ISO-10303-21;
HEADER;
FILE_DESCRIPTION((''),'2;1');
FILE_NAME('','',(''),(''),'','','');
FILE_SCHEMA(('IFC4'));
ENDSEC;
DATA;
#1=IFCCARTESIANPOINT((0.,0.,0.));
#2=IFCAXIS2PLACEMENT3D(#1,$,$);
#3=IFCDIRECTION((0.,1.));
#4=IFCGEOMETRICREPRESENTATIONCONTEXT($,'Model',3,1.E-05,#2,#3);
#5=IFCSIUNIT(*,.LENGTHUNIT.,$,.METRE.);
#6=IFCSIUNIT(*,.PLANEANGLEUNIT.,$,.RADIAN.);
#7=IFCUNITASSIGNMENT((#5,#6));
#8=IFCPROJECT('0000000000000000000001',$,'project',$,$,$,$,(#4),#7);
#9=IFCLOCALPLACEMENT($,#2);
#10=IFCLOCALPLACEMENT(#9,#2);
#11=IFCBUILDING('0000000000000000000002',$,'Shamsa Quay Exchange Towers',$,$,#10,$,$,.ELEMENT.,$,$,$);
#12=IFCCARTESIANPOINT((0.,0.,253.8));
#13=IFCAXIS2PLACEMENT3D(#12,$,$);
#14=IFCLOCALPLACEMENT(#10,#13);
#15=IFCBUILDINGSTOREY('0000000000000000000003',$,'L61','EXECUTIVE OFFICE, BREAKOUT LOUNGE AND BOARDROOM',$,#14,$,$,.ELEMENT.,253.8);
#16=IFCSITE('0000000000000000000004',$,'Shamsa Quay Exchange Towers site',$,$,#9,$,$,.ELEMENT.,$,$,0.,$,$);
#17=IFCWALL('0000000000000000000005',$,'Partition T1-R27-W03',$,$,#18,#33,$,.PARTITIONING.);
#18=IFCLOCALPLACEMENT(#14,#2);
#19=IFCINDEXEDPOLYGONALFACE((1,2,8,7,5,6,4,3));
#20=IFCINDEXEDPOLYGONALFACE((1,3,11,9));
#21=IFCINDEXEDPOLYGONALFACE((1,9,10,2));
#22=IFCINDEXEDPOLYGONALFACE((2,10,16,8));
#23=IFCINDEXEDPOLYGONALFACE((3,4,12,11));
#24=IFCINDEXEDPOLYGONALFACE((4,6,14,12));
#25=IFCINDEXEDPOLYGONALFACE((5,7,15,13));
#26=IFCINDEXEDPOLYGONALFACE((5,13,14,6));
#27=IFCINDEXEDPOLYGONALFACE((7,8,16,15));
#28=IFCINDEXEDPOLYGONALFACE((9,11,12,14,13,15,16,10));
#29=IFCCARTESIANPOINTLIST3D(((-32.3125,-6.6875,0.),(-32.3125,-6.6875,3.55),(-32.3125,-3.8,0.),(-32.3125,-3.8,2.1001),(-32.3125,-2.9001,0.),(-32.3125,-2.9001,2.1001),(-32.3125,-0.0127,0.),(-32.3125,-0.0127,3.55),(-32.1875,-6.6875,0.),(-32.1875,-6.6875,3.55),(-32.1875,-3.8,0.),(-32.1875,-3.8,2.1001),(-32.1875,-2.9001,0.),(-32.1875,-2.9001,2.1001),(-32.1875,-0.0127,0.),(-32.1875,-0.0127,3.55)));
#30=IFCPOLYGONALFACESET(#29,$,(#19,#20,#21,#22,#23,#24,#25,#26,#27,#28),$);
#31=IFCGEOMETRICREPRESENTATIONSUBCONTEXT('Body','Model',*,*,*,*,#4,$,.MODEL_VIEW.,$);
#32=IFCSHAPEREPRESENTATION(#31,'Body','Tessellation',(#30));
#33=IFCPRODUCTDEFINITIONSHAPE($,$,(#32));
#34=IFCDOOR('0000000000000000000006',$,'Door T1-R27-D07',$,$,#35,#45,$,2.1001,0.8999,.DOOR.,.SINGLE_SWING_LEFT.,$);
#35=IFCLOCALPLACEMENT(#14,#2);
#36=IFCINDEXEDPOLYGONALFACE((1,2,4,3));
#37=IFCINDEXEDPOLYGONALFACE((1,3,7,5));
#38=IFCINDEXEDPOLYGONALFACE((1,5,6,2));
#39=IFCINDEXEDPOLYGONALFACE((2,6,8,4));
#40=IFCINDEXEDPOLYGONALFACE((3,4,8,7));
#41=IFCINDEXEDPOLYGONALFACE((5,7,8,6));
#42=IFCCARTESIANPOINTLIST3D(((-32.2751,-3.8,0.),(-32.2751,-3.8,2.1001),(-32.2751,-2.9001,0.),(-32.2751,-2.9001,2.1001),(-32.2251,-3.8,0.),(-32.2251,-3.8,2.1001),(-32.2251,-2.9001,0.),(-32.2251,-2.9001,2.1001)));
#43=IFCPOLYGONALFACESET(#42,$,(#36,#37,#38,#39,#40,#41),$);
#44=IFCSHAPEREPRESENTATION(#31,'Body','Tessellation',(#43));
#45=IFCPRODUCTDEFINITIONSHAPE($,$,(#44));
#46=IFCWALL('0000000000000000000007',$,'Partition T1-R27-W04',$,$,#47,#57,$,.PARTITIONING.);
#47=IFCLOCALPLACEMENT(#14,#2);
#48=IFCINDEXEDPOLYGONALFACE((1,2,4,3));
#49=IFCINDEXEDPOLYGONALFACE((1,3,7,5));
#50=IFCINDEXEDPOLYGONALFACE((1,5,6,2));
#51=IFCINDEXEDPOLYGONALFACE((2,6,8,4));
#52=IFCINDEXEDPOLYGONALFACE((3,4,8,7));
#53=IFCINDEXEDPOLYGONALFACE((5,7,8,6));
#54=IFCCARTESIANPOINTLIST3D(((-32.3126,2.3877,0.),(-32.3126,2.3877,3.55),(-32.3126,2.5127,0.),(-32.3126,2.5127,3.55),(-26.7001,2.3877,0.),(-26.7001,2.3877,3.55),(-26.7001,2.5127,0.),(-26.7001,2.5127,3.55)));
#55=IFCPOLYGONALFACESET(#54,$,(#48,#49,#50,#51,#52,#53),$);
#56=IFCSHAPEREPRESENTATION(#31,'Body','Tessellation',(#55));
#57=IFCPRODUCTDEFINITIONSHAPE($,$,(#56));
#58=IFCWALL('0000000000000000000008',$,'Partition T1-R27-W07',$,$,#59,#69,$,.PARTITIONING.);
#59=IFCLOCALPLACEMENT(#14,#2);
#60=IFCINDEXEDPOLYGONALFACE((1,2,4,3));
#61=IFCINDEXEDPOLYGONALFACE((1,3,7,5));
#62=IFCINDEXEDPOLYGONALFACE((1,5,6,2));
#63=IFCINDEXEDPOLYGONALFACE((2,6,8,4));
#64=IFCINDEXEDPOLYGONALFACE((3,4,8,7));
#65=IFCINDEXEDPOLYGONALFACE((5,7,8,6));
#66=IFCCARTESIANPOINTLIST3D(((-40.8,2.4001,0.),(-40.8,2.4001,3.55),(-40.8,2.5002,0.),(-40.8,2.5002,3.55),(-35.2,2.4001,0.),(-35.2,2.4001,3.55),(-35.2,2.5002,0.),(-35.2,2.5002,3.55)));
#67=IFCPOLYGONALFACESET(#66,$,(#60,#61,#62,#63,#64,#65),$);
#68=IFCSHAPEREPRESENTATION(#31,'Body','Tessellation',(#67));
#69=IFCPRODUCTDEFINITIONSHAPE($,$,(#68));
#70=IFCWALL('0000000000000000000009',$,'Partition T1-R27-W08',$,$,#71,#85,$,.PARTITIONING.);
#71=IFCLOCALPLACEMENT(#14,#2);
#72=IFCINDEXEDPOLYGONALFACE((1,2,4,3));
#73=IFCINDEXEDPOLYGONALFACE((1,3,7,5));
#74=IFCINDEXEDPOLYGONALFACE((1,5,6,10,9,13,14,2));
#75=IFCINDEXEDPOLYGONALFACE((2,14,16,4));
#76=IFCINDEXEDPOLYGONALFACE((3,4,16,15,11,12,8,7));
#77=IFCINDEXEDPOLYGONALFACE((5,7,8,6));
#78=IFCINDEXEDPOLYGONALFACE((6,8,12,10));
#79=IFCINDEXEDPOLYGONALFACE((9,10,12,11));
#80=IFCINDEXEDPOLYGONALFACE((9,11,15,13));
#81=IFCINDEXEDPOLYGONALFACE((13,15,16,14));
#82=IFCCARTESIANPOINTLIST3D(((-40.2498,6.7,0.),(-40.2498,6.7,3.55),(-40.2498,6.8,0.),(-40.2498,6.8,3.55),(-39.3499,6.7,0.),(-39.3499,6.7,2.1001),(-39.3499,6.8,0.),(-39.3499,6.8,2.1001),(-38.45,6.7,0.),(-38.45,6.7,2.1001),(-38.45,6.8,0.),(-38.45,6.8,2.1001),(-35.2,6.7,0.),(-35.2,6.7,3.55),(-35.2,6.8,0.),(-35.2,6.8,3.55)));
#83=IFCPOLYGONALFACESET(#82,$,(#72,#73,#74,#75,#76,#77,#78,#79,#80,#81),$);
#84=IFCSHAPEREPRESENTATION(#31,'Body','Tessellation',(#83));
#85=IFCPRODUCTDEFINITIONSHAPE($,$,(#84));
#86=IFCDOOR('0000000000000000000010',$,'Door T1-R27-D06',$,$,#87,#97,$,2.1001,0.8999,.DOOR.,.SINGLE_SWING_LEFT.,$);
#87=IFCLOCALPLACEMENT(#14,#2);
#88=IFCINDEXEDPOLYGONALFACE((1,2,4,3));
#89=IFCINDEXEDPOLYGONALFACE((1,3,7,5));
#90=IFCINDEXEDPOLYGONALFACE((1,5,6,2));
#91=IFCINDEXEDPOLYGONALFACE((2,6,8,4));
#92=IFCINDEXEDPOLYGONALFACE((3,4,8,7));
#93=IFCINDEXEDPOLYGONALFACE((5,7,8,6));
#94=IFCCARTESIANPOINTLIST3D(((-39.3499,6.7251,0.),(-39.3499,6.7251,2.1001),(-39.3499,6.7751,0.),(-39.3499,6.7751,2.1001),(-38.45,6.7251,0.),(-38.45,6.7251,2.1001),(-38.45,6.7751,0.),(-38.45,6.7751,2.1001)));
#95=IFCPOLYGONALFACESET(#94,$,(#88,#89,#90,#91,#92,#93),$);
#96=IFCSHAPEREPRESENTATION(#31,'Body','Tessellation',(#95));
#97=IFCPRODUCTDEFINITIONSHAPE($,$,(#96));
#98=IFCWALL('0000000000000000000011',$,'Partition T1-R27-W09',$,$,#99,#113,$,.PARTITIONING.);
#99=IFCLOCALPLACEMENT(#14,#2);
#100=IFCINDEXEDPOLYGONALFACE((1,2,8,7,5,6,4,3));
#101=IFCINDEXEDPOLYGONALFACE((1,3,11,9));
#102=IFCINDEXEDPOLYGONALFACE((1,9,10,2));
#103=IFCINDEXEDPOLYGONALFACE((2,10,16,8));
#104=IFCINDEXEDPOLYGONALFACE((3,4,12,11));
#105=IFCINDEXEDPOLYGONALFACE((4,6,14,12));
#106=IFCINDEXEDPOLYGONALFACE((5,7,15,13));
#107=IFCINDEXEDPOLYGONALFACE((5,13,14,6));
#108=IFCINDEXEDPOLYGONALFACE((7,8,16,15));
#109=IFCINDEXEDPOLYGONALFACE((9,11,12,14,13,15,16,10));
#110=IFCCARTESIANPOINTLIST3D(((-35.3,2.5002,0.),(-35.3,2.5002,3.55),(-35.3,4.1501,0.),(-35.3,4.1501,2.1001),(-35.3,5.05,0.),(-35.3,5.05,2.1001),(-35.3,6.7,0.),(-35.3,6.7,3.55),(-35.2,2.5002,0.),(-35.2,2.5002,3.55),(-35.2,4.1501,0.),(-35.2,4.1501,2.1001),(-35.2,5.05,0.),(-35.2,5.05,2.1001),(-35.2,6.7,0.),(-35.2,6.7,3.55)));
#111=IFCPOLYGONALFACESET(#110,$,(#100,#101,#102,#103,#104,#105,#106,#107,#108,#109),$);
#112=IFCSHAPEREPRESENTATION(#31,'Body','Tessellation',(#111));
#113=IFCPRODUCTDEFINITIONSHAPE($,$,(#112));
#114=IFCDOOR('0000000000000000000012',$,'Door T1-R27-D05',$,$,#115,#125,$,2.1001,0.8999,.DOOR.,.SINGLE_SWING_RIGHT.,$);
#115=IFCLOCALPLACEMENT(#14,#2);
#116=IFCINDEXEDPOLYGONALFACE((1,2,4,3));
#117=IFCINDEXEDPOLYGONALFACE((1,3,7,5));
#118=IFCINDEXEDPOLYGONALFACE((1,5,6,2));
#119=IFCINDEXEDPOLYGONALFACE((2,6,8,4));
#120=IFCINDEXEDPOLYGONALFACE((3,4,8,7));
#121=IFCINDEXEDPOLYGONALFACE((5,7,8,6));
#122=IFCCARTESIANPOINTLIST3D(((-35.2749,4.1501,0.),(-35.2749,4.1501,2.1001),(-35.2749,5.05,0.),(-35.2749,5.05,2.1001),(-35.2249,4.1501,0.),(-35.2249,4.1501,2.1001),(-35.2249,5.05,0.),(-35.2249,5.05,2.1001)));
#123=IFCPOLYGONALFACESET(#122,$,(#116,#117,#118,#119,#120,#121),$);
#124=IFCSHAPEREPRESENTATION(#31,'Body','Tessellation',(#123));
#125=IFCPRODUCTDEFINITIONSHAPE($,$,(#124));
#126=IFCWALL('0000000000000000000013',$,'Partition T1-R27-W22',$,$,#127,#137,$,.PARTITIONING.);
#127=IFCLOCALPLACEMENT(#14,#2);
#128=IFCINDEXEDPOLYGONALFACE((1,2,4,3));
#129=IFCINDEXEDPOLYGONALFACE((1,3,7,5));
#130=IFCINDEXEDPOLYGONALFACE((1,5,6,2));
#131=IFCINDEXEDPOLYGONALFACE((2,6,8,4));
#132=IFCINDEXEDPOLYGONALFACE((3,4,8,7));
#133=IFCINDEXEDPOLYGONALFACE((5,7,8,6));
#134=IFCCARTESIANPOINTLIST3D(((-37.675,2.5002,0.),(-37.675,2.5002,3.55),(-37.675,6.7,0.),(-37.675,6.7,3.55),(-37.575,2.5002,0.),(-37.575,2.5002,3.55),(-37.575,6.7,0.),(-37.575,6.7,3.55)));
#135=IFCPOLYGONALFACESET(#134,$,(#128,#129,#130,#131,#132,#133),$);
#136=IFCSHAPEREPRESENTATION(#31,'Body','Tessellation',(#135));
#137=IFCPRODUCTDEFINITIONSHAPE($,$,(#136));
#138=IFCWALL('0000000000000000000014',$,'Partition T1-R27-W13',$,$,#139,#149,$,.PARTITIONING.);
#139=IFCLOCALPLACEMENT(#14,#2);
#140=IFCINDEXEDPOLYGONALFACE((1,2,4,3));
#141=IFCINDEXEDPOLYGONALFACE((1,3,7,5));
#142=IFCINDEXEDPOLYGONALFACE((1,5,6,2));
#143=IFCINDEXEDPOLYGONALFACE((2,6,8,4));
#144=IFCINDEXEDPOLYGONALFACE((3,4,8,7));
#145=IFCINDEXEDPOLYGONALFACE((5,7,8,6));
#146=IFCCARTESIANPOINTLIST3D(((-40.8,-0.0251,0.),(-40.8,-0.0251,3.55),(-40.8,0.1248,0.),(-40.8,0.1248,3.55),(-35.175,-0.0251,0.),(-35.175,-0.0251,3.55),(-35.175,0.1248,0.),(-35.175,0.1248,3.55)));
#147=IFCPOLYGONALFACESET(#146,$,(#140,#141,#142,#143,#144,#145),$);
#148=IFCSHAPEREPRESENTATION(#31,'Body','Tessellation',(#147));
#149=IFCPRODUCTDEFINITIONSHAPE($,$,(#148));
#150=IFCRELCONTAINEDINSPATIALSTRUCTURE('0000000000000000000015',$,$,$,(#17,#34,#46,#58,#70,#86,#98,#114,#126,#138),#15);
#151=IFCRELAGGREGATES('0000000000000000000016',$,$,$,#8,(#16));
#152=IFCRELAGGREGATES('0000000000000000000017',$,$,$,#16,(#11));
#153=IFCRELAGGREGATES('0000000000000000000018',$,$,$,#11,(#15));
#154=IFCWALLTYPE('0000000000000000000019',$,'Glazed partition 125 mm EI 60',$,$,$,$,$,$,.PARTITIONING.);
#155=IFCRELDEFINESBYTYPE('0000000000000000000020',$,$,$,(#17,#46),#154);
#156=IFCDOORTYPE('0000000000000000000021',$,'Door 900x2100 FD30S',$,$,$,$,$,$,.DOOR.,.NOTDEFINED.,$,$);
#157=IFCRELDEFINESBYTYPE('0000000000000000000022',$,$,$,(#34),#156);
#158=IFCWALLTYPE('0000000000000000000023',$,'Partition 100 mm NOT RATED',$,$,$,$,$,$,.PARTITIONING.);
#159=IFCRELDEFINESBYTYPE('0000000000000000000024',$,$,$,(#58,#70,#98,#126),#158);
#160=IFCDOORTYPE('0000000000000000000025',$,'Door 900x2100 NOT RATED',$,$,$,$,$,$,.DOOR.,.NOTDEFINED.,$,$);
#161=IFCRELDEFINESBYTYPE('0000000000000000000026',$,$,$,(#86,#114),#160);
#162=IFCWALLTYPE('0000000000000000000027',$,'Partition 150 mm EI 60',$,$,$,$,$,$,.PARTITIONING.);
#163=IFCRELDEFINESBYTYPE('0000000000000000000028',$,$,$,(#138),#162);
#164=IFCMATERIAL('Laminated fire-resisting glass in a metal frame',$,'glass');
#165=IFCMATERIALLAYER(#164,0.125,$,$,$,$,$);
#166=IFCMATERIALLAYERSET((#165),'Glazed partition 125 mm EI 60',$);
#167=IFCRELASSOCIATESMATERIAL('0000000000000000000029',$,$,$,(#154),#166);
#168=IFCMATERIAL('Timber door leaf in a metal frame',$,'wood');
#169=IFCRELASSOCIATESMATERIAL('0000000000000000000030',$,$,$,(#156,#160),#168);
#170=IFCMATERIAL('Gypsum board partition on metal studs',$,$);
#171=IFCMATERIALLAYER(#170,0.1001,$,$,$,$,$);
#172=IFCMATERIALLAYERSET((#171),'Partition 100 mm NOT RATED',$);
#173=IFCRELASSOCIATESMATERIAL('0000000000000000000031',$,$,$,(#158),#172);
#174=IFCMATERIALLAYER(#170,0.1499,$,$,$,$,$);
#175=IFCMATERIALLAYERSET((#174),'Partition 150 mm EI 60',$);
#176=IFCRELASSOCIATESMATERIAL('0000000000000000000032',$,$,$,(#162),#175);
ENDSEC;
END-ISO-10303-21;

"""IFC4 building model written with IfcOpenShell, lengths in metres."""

from ifc_helpers import new_model, si_unit, direction, frame, frame_2d, origin, place, context, subcontext, project, spatial, rectangle, extrude, material, layer, layer_set, type_object, element, fill, save


model = new_model("IFC4")

# Units and contexts
model_context = context("Model", 3, precision=1e-05, world=origin(), true_north=direction((0.0, 1.0)))
body_context = subcontext(model_context, "Body", "Model", "MODEL_VIEW")
ifc_project = project(units=[si_unit("LENGTHUNIT", "METRE"), si_unit("PLANEANGLEUNIT", "RADIAN")], contexts=[model_context])

# Site, building, storey
site_placement = place(None, origin())
site = spatial("IfcSite", under=ifc_project, at=site_placement, Name="Shamsa Quay Exchange Towers site", CompositionType="ELEMENT", RefElevation=0.0)
building_placement = place(site_placement, origin())
building = spatial("IfcBuilding", under=site, at=building_placement, Name="Shamsa Quay Exchange Towers", CompositionType="ELEMENT")
storey_placement = place(building_placement, frame((0.0, 0.0, 253.8)))
storey = spatial("IfcBuildingStorey", under=building, at=storey_placement, Name="L61", Description="EXECUTIVE OFFICE, BREAKOUT LOUNGE AND BOARDROOM", CompositionType="ELEMENT", Elevation=253.8)

# Wall, opening, door
ifc_material_1 = material(Name="Laminated fire-resisting glass in a metal frame", Category="glass")
ifc_layer_1 = layer(ifc_material_1, 0.125)
ifc_layer_set_1 = layer_set([ifc_layer_1], Name="Glazed partition 125 mm EI 60")
wall_type_1 = type_object("IfcWallType", Name="Glazed partition 125 mm EI 60", PredefinedType="PARTITIONING", material=ifc_layer_set_1)
ifc_material_2 = material(Name="Timber door leaf in a metal frame", Category="wood")
door_type_1 = type_object("IfcDoorType", Name="Door 900x2100 FD30S", OperationType="NOTDEFINED", PredefinedType="DOOR", material=ifc_material_2)
wall_1_placement = place(storey_placement, frame((-32.25, -0.0127, 0.0), z_axis=(0.0, 0.0, 1.0), x_axis=(0.0, -1.0, 0.0)))
wall_1 = element("IfcWall", 1, at=wall_1_placement, inside=storey, type_object=wall_type_1, Name="Partition T1-R27-W03", PredefinedType="PARTITIONING", context=body_context, shape_type="SweptSolid", body=[
    extrude(rectangle(XDim=6.6748, YDim=0.125, at=frame_2d((3.3374, 0.0))), origin(), (0.0, 0.0, 1.0), 3.55),
])
opening_1_placement = place(wall_1_placement, frame((2.8875, 0.0, 0.0)))
opening_1 = element("IfcOpeningElement", 2, at=opening_1_placement, cuts=wall_1, PredefinedType="OPENING", context=body_context, shape_type="SweptSolid", body=[
    extrude(rectangle(XDim=0.8999, YDim=2.1001, at=frame_2d((0.45, 1.05))), frame((0.0, 0.0725, 0.0), z_axis=(0.0, -1.0, 0.0), x_axis=(1.0, 0.0, 0.0)), (0.0, 0.0, 1.0), 0.145),
])
door_1_placement = place(opening_1_placement, origin())
door_1 = element("IfcDoor", 3, at=door_1_placement, inside=storey, type_object=door_type_1, Name="Door T1-R27-D07", OperationType="SINGLE_SWING_LEFT", OverallHeight=2.1001, OverallWidth=0.8999, PredefinedType="DOOR", context=body_context, shape_type="SweptSolid", body=[
    extrude(rectangle(XDim=0.8999, YDim=2.1001, at=frame_2d((0.45, 1.05))), frame((0.0, 0.0249, 0.0), z_axis=(0.0, -1.0, 0.0), x_axis=(1.0, 0.0, 0.0)), (0.0, 0.0, 1.0), 0.05),
])
fill(opening_1, door_1)

# Walls
wall_2_placement = place(storey_placement, frame((-32.3125, 2.4502, 0.0)))
element("IfcWall", 4, at=wall_2_placement, inside=storey, type_object=wall_type_1, Name="Partition T1-R27-W04", PredefinedType="PARTITIONING", context=body_context, shape_type="SweptSolid", body=[
    extrude(rectangle(XDim=5.6125, YDim=0.125, at=frame_2d((2.8062, 0.0))), origin(), (0.0, 0.0, 1.0), 3.55),
])
ifc_material_3 = material(Name="Gypsum board partition on metal studs")
ifc_layer_2 = layer(ifc_material_3, 0.1001)
ifc_layer_set_2 = layer_set([ifc_layer_2], Name="Partition 100 mm NOT RATED")
wall_type_2 = type_object("IfcWallType", Name="Partition 100 mm NOT RATED", PredefinedType="PARTITIONING", material=ifc_layer_set_2)
wall_3_placement = place(storey_placement, frame((-40.8, 2.4502, 0.0)))
element("IfcWall", 5, at=wall_3_placement, inside=storey, type_object=wall_type_2, Name="Partition T1-R27-W07", PredefinedType="PARTITIONING", context=body_context, shape_type="SweptSolid", body=[
    extrude(rectangle(XDim=5.6001, YDim=0.1001, at=frame_2d((2.8, 0.0))), origin(), (0.0, 0.0, 1.0), 3.55),
])

# Walls, openings, doors
wall_4_placement = place(storey_placement, frame((-35.2, 6.75, 0.0), z_axis=(0.0, 0.0, 1.0), x_axis=(-1.0, 0.0, 0.0)))
wall_4 = element("IfcWall", 6, at=wall_4_placement, inside=storey, type_object=wall_type_2, Name="Partition T1-R27-W08", PredefinedType="PARTITIONING", context=body_context, shape_type="SweptSolid", body=[
    extrude(rectangle(XDim=5.0498, YDim=0.1001, at=frame_2d((2.5249, 0.0))), origin(), (0.0, 0.0, 1.0), 3.55),
])
opening_2_placement = place(wall_4_placement, frame((3.25, 0.0, 0.0)))
opening_2 = element("IfcOpeningElement", 7, at=opening_2_placement, cuts=wall_4, PredefinedType="OPENING", context=body_context, shape_type="SweptSolid", body=[
    extrude(rectangle(XDim=0.8999, YDim=2.1001, at=frame_2d((0.45, 1.05))), frame((0.0, 0.0601, 0.0), z_axis=(0.0, -1.0, 0.0), x_axis=(1.0, 0.0, 0.0)), (0.0, 0.0, 1.0), 0.1201),
])
door_type_2 = type_object("IfcDoorType", Name="Door 900x2100 NOT RATED", OperationType="NOTDEFINED", PredefinedType="DOOR", material=ifc_material_2)
door_2_placement = place(opening_2_placement, origin())
door_2 = element("IfcDoor", 8, at=door_2_placement, inside=storey, type_object=door_type_2, Name="Door T1-R27-D06", OperationType="SINGLE_SWING_LEFT", OverallHeight=2.1001, OverallWidth=0.8999, PredefinedType="DOOR", context=body_context, shape_type="SweptSolid", body=[
    extrude(rectangle(XDim=0.8999, YDim=2.1001, at=frame_2d((0.45, 1.05))), frame((0.0, 0.0249, 0.0), z_axis=(0.0, -1.0, 0.0), x_axis=(1.0, 0.0, 0.0)), (0.0, 0.0, 1.0), 0.05),
])
fill(opening_2, door_2)
wall_5_placement = place(storey_placement, frame((-35.25, 2.5002, 0.0), z_axis=(0.0, 0.0, 1.0), x_axis=(0.0, 1.0, 0.0)))
wall_5 = element("IfcWall", 9, at=wall_5_placement, inside=storey, type_object=wall_type_2, Name="Partition T1-R27-W09", PredefinedType="PARTITIONING", context=body_context, shape_type="SweptSolid", body=[
    extrude(rectangle(XDim=4.1997, YDim=0.1001, at=frame_2d((2.0999, 0.0))), origin(), (0.0, 0.0, 1.0), 3.55),
])
opening_3_placement = place(wall_5_placement, frame((1.6499, 0.0, 0.0)))
opening_3 = element("IfcOpeningElement", 10, at=opening_3_placement, cuts=wall_5, PredefinedType="OPENING", context=body_context, shape_type="SweptSolid", body=[
    extrude(rectangle(XDim=0.8999, YDim=2.1001, at=frame_2d((0.45, 1.05))), frame((0.0, 0.0601, 0.0), z_axis=(0.0, -1.0, 0.0), x_axis=(1.0, 0.0, 0.0)), (0.0, 0.0, 1.0), 0.1201),
])
door_3_placement = place(opening_3_placement, origin())
door_3 = element("IfcDoor", 11, at=door_3_placement, inside=storey, type_object=door_type_2, Name="Door T1-R27-D05", OperationType="SINGLE_SWING_RIGHT", OverallHeight=2.1001, OverallWidth=0.8999, PredefinedType="DOOR", context=body_context, shape_type="SweptSolid", body=[
    extrude(rectangle(XDim=0.8999, YDim=2.1001, at=frame_2d((0.45, 1.05))), frame((0.0, 0.0249, 0.0), z_axis=(0.0, -1.0, 0.0), x_axis=(1.0, 0.0, 0.0)), (0.0, 0.0, 1.0), 0.05),
])
fill(opening_3, door_3)

# Walls
wall_6_placement = place(storey_placement, frame((-37.625, 2.5002, 0.0), z_axis=(0.0, 0.0, 1.0), x_axis=(0.0, 1.0, 0.0)))
element("IfcWall", 12, at=wall_6_placement, inside=storey, type_object=wall_type_2, Name="Partition T1-R27-W22", PredefinedType="PARTITIONING", context=body_context, shape_type="SweptSolid", body=[
    extrude(rectangle(XDim=4.1997, YDim=0.1001, at=frame_2d((2.0999, 0.0))), origin(), (0.0, 0.0, 1.0), 3.55),
])
ifc_layer_3 = layer(ifc_material_3, 0.1499)
ifc_layer_set_3 = layer_set([ifc_layer_3], Name="Partition 150 mm EI 60")
wall_type_3 = type_object("IfcWallType", Name="Partition 150 mm EI 60", PredefinedType="PARTITIONING", material=ifc_layer_set_3)
wall_7_placement = place(storey_placement, frame((-35.175, 0.0498, 0.0), z_axis=(0.0, 0.0, 1.0), x_axis=(-1.0, 0.0, 0.0)))
element("IfcWall", 13, at=wall_7_placement, inside=storey, type_object=wall_type_3, Name="Partition T1-R27-W13", PredefinedType="PARTITIONING", context=body_context, shape_type="SweptSolid", body=[
    extrude(rectangle(XDim=5.625, YDim=0.1499, at=frame_2d((2.8125, 0.0))), origin(), (0.0, 0.0, 1.0), 3.55),
])

save(model, "model.ifc")
